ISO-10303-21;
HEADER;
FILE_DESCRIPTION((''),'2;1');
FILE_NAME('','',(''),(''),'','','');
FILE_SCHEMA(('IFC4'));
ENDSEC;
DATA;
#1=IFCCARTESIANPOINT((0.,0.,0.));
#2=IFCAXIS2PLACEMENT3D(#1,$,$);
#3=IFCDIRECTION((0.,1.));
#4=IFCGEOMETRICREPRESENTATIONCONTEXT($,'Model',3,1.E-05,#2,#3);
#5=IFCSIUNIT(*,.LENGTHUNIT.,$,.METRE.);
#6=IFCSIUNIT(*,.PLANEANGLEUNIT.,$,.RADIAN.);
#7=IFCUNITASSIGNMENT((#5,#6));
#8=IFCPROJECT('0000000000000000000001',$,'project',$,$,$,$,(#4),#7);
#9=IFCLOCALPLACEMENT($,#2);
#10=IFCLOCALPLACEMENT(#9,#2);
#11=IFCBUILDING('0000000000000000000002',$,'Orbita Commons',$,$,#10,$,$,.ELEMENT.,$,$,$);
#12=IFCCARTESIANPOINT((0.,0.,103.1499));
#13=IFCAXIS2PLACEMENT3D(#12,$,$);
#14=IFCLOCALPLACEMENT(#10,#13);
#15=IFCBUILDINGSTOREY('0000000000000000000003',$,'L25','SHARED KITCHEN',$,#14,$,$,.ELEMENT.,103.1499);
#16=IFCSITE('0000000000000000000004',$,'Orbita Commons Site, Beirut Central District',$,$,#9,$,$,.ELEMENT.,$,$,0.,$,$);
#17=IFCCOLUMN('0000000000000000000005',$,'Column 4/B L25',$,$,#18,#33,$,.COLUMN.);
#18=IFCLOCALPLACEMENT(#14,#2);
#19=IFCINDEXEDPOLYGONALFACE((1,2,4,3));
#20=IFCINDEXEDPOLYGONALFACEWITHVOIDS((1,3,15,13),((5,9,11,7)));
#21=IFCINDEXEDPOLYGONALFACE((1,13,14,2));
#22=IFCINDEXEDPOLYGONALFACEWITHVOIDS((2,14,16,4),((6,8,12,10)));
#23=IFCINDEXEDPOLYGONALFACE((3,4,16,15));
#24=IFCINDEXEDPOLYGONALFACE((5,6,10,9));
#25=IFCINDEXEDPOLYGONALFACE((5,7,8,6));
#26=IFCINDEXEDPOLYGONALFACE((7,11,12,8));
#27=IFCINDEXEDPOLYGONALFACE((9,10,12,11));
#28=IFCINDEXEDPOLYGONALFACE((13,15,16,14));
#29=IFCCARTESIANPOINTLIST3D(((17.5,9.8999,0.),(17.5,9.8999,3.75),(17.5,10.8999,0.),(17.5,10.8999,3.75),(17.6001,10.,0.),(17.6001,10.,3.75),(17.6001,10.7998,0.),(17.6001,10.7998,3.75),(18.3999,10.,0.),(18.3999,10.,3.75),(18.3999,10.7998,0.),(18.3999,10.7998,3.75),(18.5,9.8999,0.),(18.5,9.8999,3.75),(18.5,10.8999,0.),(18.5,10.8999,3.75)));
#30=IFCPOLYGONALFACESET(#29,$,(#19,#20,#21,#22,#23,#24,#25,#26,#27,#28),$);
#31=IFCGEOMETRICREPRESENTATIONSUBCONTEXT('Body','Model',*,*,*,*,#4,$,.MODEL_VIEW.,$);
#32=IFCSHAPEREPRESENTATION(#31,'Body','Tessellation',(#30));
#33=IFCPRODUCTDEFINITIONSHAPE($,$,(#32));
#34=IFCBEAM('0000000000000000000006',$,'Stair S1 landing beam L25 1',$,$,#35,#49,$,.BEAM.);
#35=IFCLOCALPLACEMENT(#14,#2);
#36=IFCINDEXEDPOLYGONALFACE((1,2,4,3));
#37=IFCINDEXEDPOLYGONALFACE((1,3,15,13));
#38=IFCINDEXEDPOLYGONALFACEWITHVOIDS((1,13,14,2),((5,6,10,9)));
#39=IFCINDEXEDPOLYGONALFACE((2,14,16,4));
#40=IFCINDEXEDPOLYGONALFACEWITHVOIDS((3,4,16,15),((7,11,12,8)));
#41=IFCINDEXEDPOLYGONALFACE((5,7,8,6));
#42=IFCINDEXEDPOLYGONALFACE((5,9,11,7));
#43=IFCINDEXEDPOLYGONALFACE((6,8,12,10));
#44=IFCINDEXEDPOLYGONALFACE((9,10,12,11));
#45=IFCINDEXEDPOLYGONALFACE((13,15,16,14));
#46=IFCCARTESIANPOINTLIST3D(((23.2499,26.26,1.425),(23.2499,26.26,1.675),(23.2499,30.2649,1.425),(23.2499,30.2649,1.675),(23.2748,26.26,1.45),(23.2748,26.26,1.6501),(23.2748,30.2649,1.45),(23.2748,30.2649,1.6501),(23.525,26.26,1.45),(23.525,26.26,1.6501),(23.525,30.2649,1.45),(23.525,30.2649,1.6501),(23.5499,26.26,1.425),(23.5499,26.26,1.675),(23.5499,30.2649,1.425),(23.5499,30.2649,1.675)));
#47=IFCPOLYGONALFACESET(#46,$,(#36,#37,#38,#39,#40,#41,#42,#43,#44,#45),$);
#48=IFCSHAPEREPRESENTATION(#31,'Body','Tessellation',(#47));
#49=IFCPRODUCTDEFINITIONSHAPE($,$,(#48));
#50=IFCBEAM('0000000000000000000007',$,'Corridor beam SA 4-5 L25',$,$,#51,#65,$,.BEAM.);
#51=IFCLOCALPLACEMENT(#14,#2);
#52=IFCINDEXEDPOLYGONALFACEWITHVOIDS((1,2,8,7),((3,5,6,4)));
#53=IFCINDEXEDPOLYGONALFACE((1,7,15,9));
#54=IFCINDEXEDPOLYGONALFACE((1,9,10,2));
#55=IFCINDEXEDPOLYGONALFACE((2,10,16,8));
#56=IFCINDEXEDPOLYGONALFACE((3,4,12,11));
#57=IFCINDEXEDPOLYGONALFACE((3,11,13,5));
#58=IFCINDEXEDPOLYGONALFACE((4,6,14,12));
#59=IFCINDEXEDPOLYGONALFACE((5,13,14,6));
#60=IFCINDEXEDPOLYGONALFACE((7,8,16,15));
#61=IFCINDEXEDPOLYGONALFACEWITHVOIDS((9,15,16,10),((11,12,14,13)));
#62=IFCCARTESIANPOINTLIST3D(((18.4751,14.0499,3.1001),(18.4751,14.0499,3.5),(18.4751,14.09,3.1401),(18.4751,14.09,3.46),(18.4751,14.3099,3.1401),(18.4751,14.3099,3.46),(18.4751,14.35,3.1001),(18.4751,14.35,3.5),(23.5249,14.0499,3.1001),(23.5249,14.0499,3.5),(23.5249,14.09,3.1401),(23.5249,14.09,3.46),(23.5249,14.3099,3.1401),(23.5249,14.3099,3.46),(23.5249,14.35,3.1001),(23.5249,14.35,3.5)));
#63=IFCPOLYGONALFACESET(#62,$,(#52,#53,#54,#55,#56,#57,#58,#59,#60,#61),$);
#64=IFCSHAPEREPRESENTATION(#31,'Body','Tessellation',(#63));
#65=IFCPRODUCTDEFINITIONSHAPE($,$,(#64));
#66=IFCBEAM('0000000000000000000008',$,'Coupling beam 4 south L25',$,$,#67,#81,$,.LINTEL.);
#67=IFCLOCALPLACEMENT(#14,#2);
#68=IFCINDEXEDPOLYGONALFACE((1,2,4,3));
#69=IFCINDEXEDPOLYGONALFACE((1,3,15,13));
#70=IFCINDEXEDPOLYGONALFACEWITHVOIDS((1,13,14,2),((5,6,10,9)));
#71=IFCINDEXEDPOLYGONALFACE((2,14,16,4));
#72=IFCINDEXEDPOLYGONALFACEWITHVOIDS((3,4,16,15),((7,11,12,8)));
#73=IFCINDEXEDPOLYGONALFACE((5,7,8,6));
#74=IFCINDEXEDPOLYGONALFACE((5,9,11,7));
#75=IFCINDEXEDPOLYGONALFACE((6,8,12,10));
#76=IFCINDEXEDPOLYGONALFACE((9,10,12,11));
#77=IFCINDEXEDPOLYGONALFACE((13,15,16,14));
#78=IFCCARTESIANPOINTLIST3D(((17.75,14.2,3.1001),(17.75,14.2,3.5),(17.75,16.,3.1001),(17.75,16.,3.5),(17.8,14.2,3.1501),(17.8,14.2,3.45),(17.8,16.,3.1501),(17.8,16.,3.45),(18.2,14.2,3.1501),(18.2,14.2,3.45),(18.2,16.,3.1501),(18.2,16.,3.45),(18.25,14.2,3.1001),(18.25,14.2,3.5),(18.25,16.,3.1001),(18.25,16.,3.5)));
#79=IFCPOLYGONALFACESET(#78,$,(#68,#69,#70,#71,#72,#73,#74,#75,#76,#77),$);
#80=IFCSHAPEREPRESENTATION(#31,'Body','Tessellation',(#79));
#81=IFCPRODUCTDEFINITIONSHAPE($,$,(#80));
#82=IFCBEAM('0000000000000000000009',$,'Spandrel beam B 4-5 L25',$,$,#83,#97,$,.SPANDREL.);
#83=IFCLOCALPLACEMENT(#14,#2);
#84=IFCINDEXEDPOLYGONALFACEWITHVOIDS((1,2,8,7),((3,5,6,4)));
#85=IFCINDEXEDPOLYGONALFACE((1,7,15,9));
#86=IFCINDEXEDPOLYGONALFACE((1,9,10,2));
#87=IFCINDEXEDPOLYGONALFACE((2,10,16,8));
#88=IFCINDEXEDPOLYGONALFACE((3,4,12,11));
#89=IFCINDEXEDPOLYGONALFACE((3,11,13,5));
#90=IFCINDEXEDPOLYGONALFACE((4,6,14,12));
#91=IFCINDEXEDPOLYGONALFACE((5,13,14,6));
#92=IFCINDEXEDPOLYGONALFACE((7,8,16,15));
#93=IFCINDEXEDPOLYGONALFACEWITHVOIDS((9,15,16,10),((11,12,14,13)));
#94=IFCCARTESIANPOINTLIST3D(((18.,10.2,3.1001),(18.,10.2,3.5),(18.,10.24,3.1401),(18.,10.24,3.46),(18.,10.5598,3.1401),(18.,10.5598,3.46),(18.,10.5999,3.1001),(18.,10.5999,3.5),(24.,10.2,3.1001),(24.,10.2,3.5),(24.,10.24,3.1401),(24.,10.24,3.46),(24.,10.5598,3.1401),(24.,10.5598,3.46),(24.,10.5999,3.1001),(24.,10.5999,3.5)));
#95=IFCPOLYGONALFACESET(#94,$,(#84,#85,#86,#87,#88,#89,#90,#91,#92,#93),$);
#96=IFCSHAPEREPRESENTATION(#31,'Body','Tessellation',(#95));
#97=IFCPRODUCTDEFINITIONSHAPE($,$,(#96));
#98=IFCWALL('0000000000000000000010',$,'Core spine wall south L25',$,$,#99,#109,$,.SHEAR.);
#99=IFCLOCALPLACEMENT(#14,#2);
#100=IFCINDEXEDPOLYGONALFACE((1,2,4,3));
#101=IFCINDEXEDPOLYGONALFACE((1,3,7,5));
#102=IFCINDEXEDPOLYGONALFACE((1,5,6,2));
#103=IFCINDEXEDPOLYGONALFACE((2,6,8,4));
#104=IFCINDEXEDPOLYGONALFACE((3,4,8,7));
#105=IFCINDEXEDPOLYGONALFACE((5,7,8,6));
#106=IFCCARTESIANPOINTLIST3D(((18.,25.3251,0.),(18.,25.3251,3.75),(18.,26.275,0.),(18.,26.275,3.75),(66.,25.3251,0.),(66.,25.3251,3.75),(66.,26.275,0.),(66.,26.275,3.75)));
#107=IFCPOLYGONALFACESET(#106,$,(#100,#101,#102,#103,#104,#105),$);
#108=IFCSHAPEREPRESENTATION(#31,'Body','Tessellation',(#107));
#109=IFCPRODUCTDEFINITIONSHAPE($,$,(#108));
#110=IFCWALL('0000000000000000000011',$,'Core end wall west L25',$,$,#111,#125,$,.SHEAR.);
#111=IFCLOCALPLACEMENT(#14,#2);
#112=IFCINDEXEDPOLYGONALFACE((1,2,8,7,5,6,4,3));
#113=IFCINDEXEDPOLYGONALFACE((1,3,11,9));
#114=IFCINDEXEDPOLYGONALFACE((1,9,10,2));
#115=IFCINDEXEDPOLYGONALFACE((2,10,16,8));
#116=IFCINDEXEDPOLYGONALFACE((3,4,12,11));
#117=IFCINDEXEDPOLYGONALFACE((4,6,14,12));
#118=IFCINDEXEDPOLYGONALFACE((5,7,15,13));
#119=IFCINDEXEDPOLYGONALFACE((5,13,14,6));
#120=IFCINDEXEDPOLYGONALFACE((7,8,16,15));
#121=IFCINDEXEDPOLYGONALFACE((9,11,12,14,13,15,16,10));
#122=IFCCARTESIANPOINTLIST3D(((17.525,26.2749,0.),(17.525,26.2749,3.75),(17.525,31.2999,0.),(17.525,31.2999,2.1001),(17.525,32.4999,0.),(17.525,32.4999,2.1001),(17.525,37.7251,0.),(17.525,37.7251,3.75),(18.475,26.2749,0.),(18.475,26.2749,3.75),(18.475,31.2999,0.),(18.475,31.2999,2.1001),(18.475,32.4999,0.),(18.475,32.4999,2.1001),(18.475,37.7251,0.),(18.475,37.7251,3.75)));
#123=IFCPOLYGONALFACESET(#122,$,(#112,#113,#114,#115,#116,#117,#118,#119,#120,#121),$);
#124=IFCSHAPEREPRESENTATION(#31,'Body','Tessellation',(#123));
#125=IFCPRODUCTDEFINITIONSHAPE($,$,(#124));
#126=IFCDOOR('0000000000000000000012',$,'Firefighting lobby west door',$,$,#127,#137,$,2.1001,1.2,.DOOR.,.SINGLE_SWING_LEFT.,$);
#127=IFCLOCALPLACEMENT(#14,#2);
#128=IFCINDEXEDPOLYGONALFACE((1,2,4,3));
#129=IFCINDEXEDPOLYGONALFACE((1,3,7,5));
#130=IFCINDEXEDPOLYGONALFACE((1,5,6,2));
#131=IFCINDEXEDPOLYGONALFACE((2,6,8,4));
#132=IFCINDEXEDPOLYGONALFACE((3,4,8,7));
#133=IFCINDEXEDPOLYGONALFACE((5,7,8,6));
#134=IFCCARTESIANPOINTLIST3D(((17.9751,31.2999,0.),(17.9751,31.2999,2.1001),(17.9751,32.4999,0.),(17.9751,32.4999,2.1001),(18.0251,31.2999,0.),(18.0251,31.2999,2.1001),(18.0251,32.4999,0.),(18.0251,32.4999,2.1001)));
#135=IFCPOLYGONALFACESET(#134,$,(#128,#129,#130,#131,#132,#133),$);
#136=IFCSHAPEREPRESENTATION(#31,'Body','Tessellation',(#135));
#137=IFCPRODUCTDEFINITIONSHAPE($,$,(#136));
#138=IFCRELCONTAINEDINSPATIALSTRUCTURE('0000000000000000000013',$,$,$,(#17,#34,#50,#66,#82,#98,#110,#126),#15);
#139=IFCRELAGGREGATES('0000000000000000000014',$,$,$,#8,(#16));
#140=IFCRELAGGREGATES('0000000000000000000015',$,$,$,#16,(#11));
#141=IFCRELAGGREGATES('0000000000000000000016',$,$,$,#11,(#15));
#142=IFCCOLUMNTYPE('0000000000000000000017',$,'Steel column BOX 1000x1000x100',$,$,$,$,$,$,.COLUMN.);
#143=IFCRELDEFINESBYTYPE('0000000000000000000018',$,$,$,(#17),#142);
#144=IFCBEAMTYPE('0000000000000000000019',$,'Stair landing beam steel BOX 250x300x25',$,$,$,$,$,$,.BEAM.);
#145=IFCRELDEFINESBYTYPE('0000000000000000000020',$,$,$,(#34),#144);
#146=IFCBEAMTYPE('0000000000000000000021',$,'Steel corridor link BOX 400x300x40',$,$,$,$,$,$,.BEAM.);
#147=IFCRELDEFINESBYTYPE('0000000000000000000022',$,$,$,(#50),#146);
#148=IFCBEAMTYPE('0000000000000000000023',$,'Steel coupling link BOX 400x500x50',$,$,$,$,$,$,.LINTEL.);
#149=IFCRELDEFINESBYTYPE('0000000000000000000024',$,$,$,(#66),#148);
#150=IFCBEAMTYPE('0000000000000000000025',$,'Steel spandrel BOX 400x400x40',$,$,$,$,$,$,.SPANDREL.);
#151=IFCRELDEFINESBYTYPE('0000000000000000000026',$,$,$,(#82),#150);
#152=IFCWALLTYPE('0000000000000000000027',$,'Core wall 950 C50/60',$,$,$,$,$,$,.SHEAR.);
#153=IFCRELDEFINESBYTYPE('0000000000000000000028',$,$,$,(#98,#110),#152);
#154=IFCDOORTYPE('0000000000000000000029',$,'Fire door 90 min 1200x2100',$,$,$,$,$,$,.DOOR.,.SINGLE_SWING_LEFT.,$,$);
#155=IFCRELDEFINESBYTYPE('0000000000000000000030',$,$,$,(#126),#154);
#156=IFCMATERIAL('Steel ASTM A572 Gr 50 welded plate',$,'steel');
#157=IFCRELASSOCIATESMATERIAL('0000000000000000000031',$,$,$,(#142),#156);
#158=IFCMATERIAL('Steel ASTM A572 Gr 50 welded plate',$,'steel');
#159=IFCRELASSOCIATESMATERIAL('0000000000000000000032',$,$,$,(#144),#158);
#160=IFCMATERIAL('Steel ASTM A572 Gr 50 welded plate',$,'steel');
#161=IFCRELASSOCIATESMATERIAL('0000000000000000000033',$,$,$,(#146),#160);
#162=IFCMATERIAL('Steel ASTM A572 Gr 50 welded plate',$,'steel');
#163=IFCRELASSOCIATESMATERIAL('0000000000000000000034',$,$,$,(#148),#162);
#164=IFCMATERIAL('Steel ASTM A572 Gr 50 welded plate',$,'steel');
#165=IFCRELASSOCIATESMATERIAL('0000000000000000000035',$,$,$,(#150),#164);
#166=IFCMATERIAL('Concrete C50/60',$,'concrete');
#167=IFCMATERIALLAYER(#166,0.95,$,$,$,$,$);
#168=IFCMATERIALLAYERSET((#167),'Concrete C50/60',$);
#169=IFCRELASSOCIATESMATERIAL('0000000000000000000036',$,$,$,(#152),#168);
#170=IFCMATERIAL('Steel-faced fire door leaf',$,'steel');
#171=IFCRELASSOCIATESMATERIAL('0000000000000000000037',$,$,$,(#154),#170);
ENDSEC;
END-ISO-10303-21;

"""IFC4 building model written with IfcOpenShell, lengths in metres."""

from ifc_helpers import new_model, si_unit, direction, frame, frame_2d, origin, origin_2d, place, context, subcontext, project, spatial, rectangle, hollow_rectangle, extrude, material, layer, layer_set, material_profile, profile_set, type_object, element, fill, save


model = new_model("IFC4")

# Units and contexts
model_context = context("Model", 3, precision=1e-05, world=origin(), true_north=direction((0.0, 1.0)))
body_context = subcontext(model_context, "Body", "Model", "MODEL_VIEW")
ifc_project = project(units=[si_unit("LENGTHUNIT", "METRE"), si_unit("PLANEANGLEUNIT", "RADIAN")], contexts=[model_context])

# Site, building, storey
site_placement = place(None, origin())
site = spatial("IfcSite", under=ifc_project, at=site_placement, Name="Orbita Commons Site, Beirut Central District", CompositionType="ELEMENT", RefElevation=0.0)
building_placement = place(site_placement, origin())
building = spatial("IfcBuilding", under=site, at=building_placement, Name="Orbita Commons", CompositionType="ELEMENT")
storey_placement = place(building_placement, frame((0.0, 0.0, 103.1499)))
storey = spatial("IfcBuildingStorey", under=building, at=storey_placement, Name="L25", Description="SHARED KITCHEN", CompositionType="ELEMENT", Elevation=103.1499)

# Column
ifc_material_1 = material(Name="Steel ASTM A572 Gr 50 welded plate", Category="steel")
ifc_material_profile_1 = material_profile(ifc_material_1, hollow_rectangle(XDim=1.0, YDim=1.0, WallThickness=0.1001, at=origin_2d()), Name="BOX 1000x1000x100")
ifc_profile_set_1 = profile_set([ifc_material_profile_1], Name="Steel ASTM A572 Gr 50 welded plate")
column_type = type_object("IfcColumnType", Name="Steel column BOX 1000x1000x100", PredefinedType="COLUMN", material=ifc_profile_set_1)
column_placement = place(storey_placement, frame((18.0, 10.3999, 0.0), z_axis=(0.0, 0.0, 1.0), x_axis=(1.0, 0.0, 0.0)))
element("IfcColumn", 1, at=column_placement, inside=storey, type_object=column_type, Name="Column 4/B L25", PredefinedType="COLUMN", context=body_context, shape_type="SweptSolid", body=[
    extrude(hollow_rectangle(XDim=1.0, YDim=1.0, WallThickness=0.1001, at=origin_2d()), origin(), (0.0, 0.0, 1.0), 3.75),
])

# Beams
ifc_material_2 = material(Name="Steel ASTM A572 Gr 50 welded plate", Category="steel")
ifc_material_profile_2 = material_profile(ifc_material_2, hollow_rectangle(XDim=0.3, YDim=0.25, WallThickness=0.0249, at=origin_2d()), Name="BOX 250x300x25")
ifc_profile_set_2 = profile_set([ifc_material_profile_2], Name="Steel ASTM A572 Gr 50 welded plate")
beam_type_1 = type_object("IfcBeamType", Name="Stair landing beam steel BOX 250x300x25", PredefinedType="BEAM", material=ifc_profile_set_2)
beam_1_placement = place(storey_placement, frame((23.3999, 26.26, 1.55), z_axis=(0.0, 1.0, 0.0), x_axis=(-1.0, 0.0, 0.0)))
element("IfcBeam", 2, at=beam_1_placement, inside=storey, type_object=beam_type_1, Name="Stair S1 landing beam L25 1", PredefinedType="BEAM", context=body_context, shape_type="SweptSolid", body=[
    extrude(hollow_rectangle(XDim=0.3, YDim=0.25, WallThickness=0.0249, at=origin_2d()), origin(), (0.0, 0.0, 1.0), 4.0049),
])
ifc_material_3 = material(Name="Steel ASTM A572 Gr 50 welded plate", Category="steel")
ifc_material_profile_3 = material_profile(ifc_material_3, hollow_rectangle(XDim=0.3, YDim=0.3999, WallThickness=0.04, at=origin_2d()), Name="BOX 400x300x40")
ifc_profile_set_3 = profile_set([ifc_material_profile_3], Name="Steel ASTM A572 Gr 50 welded plate")
beam_type_2 = type_object("IfcBeamType", Name="Steel corridor link BOX 400x300x40", PredefinedType="BEAM", material=ifc_profile_set_3)
beam_2_placement = place(storey_placement, frame((18.4751, 14.2, 3.3), z_axis=(1.0, 0.0, 0.0), x_axis=(0.0, 1.0, 0.0)))
element("IfcBeam", 3, at=beam_2_placement, inside=storey, type_object=beam_type_2, Name="Corridor beam SA 4-5 L25", PredefinedType="BEAM", context=body_context, shape_type="SweptSolid", body=[
    extrude(hollow_rectangle(XDim=0.3, YDim=0.3999, WallThickness=0.04, at=origin_2d()), origin(), (0.0, 0.0, 1.0), 5.0498),
])
ifc_material_4 = material(Name="Steel ASTM A572 Gr 50 welded plate", Category="steel")
ifc_material_profile_4 = material_profile(ifc_material_4, hollow_rectangle(XDim=0.5, YDim=0.3999, WallThickness=0.05, at=origin_2d()), Name="BOX 400x500x50")
ifc_profile_set_4 = profile_set([ifc_material_profile_4], Name="Steel ASTM A572 Gr 50 welded plate")
beam_type_3 = type_object("IfcBeamType", Name="Steel coupling link BOX 400x500x50", PredefinedType="LINTEL", material=ifc_profile_set_4)
beam_3_placement = place(storey_placement, frame((18.0, 14.2, 3.3), z_axis=(0.0, 1.0, 0.0), x_axis=(-1.0, 0.0, 0.0)))
element("IfcBeam", 4, at=beam_3_placement, inside=storey, type_object=beam_type_3, Name="Coupling beam 4 south L25", PredefinedType="LINTEL", context=body_context, shape_type="SweptSolid", body=[
    extrude(hollow_rectangle(XDim=0.5, YDim=0.3999, WallThickness=0.05, at=origin_2d()), origin(), (0.0, 0.0, 1.0), 1.8),
])
ifc_material_5 = material(Name="Steel ASTM A572 Gr 50 welded plate", Category="steel")
ifc_material_profile_5 = material_profile(ifc_material_5, hollow_rectangle(XDim=0.3999, YDim=0.3999, WallThickness=0.04, at=origin_2d()), Name="BOX 400x400x40")
ifc_profile_set_5 = profile_set([ifc_material_profile_5], Name="Steel ASTM A572 Gr 50 welded plate")
beam_type_4 = type_object("IfcBeamType", Name="Steel spandrel BOX 400x400x40", PredefinedType="SPANDREL", material=ifc_profile_set_5)
beam_4_placement = place(storey_placement, frame((18.0, 10.3999, 3.3), z_axis=(1.0, 0.0, 0.0), x_axis=(0.0, 1.0, 0.0)))
element("IfcBeam", 5, at=beam_4_placement, inside=storey, type_object=beam_type_4, Name="Spandrel beam B 4-5 L25", PredefinedType="SPANDREL", context=body_context, shape_type="SweptSolid", body=[
    extrude(hollow_rectangle(XDim=0.3999, YDim=0.3999, WallThickness=0.04, at=origin_2d()), origin(), (0.0, 0.0, 1.0), 6.0),
])

# Wall
ifc_material_6 = material(Name="Concrete C50/60", Category="concrete")
ifc_layer_1 = layer(ifc_material_6, 0.95)
ifc_layer_set_1 = layer_set([ifc_layer_1], Name="Concrete C50/60")
wall_type_1 = type_object("IfcWallType", Name="Core wall 950 C50/60", PredefinedType="SHEAR", material=ifc_layer_set_1)
wall_1_placement = place(storey_placement, frame((18.0, 25.8, 0.0), z_axis=(0.0, 0.0, 1.0), x_axis=(1.0, 0.0, 0.0)))
element("IfcWall", 6, at=wall_1_placement, inside=storey, type_object=wall_type_1, Name="Core spine wall south L25", PredefinedType="SHEAR", context=body_context, shape_type="SweptSolid", body=[
    extrude(rectangle(XDim=48.0, YDim=0.95, at=frame_2d((24.0, 0.0))), origin(), (0.0, 0.0, 1.0), 3.75),
])

# Wall, opening, door
wall_2_placement = place(storey_placement, frame((18.0, 26.2749, 0.0), z_axis=(0.0, 0.0, 1.0), x_axis=(0.0, 1.0, 0.0)))
wall_2 = element("IfcWall", 7, at=wall_2_placement, inside=storey, type_object=wall_type_1, Name="Core end wall west L25", PredefinedType="SHEAR", context=body_context, shape_type="SweptSolid", body=[
    extrude(rectangle(XDim=11.4502, YDim=0.95, at=frame_2d((5.7251, 0.0))), origin(), (0.0, 0.0, 1.0), 3.75),
])
opening_1_placement = place(wall_2_placement, frame((5.0249, 0.0, 0.0)))
opening_1 = element("IfcOpeningElement", 8, at=opening_1_placement, cuts=wall_2, PredefinedType="OPENING", context=body_context, shape_type="SweptSolid", body=[
    extrude(rectangle(XDim=1.2, YDim=2.1001, at=frame_2d((0.6001, 1.05))), frame((0.0, 0.4849, 0.0), z_axis=(0.0, -1.0, 0.0), x_axis=(1.0, 0.0, 0.0)), (0.0, 0.0, 1.0), 0.97),
])
ifc_material_7 = material(Name="Steel-faced fire door leaf", Category="steel")
door_type_1 = type_object("IfcDoorType", Name="Fire door 90 min 1200x2100", OperationType="SINGLE_SWING_LEFT", PredefinedType="DOOR", material=ifc_material_7)
door_1_placement = place(opening_1_placement, origin())
door_1 = element("IfcDoor", 9, at=door_1_placement, inside=storey, type_object=door_type_1, Name="Firefighting lobby west door", OperationType="SINGLE_SWING_LEFT", OverallHeight=2.1001, OverallWidth=1.2, PredefinedType="DOOR", context=body_context, shape_type="SweptSolid", body=[
    extrude(rectangle(XDim=1.2, YDim=2.1001, at=frame_2d((0.6001, 1.05))), frame((0.0, 0.0249, 0.0), z_axis=(0.0, -1.0, 0.0), x_axis=(1.0, 0.0, 0.0)), (0.0, 0.0, 1.0), 0.05),
])
fill(opening_1, door_1)

save(model, "model.ifc")
